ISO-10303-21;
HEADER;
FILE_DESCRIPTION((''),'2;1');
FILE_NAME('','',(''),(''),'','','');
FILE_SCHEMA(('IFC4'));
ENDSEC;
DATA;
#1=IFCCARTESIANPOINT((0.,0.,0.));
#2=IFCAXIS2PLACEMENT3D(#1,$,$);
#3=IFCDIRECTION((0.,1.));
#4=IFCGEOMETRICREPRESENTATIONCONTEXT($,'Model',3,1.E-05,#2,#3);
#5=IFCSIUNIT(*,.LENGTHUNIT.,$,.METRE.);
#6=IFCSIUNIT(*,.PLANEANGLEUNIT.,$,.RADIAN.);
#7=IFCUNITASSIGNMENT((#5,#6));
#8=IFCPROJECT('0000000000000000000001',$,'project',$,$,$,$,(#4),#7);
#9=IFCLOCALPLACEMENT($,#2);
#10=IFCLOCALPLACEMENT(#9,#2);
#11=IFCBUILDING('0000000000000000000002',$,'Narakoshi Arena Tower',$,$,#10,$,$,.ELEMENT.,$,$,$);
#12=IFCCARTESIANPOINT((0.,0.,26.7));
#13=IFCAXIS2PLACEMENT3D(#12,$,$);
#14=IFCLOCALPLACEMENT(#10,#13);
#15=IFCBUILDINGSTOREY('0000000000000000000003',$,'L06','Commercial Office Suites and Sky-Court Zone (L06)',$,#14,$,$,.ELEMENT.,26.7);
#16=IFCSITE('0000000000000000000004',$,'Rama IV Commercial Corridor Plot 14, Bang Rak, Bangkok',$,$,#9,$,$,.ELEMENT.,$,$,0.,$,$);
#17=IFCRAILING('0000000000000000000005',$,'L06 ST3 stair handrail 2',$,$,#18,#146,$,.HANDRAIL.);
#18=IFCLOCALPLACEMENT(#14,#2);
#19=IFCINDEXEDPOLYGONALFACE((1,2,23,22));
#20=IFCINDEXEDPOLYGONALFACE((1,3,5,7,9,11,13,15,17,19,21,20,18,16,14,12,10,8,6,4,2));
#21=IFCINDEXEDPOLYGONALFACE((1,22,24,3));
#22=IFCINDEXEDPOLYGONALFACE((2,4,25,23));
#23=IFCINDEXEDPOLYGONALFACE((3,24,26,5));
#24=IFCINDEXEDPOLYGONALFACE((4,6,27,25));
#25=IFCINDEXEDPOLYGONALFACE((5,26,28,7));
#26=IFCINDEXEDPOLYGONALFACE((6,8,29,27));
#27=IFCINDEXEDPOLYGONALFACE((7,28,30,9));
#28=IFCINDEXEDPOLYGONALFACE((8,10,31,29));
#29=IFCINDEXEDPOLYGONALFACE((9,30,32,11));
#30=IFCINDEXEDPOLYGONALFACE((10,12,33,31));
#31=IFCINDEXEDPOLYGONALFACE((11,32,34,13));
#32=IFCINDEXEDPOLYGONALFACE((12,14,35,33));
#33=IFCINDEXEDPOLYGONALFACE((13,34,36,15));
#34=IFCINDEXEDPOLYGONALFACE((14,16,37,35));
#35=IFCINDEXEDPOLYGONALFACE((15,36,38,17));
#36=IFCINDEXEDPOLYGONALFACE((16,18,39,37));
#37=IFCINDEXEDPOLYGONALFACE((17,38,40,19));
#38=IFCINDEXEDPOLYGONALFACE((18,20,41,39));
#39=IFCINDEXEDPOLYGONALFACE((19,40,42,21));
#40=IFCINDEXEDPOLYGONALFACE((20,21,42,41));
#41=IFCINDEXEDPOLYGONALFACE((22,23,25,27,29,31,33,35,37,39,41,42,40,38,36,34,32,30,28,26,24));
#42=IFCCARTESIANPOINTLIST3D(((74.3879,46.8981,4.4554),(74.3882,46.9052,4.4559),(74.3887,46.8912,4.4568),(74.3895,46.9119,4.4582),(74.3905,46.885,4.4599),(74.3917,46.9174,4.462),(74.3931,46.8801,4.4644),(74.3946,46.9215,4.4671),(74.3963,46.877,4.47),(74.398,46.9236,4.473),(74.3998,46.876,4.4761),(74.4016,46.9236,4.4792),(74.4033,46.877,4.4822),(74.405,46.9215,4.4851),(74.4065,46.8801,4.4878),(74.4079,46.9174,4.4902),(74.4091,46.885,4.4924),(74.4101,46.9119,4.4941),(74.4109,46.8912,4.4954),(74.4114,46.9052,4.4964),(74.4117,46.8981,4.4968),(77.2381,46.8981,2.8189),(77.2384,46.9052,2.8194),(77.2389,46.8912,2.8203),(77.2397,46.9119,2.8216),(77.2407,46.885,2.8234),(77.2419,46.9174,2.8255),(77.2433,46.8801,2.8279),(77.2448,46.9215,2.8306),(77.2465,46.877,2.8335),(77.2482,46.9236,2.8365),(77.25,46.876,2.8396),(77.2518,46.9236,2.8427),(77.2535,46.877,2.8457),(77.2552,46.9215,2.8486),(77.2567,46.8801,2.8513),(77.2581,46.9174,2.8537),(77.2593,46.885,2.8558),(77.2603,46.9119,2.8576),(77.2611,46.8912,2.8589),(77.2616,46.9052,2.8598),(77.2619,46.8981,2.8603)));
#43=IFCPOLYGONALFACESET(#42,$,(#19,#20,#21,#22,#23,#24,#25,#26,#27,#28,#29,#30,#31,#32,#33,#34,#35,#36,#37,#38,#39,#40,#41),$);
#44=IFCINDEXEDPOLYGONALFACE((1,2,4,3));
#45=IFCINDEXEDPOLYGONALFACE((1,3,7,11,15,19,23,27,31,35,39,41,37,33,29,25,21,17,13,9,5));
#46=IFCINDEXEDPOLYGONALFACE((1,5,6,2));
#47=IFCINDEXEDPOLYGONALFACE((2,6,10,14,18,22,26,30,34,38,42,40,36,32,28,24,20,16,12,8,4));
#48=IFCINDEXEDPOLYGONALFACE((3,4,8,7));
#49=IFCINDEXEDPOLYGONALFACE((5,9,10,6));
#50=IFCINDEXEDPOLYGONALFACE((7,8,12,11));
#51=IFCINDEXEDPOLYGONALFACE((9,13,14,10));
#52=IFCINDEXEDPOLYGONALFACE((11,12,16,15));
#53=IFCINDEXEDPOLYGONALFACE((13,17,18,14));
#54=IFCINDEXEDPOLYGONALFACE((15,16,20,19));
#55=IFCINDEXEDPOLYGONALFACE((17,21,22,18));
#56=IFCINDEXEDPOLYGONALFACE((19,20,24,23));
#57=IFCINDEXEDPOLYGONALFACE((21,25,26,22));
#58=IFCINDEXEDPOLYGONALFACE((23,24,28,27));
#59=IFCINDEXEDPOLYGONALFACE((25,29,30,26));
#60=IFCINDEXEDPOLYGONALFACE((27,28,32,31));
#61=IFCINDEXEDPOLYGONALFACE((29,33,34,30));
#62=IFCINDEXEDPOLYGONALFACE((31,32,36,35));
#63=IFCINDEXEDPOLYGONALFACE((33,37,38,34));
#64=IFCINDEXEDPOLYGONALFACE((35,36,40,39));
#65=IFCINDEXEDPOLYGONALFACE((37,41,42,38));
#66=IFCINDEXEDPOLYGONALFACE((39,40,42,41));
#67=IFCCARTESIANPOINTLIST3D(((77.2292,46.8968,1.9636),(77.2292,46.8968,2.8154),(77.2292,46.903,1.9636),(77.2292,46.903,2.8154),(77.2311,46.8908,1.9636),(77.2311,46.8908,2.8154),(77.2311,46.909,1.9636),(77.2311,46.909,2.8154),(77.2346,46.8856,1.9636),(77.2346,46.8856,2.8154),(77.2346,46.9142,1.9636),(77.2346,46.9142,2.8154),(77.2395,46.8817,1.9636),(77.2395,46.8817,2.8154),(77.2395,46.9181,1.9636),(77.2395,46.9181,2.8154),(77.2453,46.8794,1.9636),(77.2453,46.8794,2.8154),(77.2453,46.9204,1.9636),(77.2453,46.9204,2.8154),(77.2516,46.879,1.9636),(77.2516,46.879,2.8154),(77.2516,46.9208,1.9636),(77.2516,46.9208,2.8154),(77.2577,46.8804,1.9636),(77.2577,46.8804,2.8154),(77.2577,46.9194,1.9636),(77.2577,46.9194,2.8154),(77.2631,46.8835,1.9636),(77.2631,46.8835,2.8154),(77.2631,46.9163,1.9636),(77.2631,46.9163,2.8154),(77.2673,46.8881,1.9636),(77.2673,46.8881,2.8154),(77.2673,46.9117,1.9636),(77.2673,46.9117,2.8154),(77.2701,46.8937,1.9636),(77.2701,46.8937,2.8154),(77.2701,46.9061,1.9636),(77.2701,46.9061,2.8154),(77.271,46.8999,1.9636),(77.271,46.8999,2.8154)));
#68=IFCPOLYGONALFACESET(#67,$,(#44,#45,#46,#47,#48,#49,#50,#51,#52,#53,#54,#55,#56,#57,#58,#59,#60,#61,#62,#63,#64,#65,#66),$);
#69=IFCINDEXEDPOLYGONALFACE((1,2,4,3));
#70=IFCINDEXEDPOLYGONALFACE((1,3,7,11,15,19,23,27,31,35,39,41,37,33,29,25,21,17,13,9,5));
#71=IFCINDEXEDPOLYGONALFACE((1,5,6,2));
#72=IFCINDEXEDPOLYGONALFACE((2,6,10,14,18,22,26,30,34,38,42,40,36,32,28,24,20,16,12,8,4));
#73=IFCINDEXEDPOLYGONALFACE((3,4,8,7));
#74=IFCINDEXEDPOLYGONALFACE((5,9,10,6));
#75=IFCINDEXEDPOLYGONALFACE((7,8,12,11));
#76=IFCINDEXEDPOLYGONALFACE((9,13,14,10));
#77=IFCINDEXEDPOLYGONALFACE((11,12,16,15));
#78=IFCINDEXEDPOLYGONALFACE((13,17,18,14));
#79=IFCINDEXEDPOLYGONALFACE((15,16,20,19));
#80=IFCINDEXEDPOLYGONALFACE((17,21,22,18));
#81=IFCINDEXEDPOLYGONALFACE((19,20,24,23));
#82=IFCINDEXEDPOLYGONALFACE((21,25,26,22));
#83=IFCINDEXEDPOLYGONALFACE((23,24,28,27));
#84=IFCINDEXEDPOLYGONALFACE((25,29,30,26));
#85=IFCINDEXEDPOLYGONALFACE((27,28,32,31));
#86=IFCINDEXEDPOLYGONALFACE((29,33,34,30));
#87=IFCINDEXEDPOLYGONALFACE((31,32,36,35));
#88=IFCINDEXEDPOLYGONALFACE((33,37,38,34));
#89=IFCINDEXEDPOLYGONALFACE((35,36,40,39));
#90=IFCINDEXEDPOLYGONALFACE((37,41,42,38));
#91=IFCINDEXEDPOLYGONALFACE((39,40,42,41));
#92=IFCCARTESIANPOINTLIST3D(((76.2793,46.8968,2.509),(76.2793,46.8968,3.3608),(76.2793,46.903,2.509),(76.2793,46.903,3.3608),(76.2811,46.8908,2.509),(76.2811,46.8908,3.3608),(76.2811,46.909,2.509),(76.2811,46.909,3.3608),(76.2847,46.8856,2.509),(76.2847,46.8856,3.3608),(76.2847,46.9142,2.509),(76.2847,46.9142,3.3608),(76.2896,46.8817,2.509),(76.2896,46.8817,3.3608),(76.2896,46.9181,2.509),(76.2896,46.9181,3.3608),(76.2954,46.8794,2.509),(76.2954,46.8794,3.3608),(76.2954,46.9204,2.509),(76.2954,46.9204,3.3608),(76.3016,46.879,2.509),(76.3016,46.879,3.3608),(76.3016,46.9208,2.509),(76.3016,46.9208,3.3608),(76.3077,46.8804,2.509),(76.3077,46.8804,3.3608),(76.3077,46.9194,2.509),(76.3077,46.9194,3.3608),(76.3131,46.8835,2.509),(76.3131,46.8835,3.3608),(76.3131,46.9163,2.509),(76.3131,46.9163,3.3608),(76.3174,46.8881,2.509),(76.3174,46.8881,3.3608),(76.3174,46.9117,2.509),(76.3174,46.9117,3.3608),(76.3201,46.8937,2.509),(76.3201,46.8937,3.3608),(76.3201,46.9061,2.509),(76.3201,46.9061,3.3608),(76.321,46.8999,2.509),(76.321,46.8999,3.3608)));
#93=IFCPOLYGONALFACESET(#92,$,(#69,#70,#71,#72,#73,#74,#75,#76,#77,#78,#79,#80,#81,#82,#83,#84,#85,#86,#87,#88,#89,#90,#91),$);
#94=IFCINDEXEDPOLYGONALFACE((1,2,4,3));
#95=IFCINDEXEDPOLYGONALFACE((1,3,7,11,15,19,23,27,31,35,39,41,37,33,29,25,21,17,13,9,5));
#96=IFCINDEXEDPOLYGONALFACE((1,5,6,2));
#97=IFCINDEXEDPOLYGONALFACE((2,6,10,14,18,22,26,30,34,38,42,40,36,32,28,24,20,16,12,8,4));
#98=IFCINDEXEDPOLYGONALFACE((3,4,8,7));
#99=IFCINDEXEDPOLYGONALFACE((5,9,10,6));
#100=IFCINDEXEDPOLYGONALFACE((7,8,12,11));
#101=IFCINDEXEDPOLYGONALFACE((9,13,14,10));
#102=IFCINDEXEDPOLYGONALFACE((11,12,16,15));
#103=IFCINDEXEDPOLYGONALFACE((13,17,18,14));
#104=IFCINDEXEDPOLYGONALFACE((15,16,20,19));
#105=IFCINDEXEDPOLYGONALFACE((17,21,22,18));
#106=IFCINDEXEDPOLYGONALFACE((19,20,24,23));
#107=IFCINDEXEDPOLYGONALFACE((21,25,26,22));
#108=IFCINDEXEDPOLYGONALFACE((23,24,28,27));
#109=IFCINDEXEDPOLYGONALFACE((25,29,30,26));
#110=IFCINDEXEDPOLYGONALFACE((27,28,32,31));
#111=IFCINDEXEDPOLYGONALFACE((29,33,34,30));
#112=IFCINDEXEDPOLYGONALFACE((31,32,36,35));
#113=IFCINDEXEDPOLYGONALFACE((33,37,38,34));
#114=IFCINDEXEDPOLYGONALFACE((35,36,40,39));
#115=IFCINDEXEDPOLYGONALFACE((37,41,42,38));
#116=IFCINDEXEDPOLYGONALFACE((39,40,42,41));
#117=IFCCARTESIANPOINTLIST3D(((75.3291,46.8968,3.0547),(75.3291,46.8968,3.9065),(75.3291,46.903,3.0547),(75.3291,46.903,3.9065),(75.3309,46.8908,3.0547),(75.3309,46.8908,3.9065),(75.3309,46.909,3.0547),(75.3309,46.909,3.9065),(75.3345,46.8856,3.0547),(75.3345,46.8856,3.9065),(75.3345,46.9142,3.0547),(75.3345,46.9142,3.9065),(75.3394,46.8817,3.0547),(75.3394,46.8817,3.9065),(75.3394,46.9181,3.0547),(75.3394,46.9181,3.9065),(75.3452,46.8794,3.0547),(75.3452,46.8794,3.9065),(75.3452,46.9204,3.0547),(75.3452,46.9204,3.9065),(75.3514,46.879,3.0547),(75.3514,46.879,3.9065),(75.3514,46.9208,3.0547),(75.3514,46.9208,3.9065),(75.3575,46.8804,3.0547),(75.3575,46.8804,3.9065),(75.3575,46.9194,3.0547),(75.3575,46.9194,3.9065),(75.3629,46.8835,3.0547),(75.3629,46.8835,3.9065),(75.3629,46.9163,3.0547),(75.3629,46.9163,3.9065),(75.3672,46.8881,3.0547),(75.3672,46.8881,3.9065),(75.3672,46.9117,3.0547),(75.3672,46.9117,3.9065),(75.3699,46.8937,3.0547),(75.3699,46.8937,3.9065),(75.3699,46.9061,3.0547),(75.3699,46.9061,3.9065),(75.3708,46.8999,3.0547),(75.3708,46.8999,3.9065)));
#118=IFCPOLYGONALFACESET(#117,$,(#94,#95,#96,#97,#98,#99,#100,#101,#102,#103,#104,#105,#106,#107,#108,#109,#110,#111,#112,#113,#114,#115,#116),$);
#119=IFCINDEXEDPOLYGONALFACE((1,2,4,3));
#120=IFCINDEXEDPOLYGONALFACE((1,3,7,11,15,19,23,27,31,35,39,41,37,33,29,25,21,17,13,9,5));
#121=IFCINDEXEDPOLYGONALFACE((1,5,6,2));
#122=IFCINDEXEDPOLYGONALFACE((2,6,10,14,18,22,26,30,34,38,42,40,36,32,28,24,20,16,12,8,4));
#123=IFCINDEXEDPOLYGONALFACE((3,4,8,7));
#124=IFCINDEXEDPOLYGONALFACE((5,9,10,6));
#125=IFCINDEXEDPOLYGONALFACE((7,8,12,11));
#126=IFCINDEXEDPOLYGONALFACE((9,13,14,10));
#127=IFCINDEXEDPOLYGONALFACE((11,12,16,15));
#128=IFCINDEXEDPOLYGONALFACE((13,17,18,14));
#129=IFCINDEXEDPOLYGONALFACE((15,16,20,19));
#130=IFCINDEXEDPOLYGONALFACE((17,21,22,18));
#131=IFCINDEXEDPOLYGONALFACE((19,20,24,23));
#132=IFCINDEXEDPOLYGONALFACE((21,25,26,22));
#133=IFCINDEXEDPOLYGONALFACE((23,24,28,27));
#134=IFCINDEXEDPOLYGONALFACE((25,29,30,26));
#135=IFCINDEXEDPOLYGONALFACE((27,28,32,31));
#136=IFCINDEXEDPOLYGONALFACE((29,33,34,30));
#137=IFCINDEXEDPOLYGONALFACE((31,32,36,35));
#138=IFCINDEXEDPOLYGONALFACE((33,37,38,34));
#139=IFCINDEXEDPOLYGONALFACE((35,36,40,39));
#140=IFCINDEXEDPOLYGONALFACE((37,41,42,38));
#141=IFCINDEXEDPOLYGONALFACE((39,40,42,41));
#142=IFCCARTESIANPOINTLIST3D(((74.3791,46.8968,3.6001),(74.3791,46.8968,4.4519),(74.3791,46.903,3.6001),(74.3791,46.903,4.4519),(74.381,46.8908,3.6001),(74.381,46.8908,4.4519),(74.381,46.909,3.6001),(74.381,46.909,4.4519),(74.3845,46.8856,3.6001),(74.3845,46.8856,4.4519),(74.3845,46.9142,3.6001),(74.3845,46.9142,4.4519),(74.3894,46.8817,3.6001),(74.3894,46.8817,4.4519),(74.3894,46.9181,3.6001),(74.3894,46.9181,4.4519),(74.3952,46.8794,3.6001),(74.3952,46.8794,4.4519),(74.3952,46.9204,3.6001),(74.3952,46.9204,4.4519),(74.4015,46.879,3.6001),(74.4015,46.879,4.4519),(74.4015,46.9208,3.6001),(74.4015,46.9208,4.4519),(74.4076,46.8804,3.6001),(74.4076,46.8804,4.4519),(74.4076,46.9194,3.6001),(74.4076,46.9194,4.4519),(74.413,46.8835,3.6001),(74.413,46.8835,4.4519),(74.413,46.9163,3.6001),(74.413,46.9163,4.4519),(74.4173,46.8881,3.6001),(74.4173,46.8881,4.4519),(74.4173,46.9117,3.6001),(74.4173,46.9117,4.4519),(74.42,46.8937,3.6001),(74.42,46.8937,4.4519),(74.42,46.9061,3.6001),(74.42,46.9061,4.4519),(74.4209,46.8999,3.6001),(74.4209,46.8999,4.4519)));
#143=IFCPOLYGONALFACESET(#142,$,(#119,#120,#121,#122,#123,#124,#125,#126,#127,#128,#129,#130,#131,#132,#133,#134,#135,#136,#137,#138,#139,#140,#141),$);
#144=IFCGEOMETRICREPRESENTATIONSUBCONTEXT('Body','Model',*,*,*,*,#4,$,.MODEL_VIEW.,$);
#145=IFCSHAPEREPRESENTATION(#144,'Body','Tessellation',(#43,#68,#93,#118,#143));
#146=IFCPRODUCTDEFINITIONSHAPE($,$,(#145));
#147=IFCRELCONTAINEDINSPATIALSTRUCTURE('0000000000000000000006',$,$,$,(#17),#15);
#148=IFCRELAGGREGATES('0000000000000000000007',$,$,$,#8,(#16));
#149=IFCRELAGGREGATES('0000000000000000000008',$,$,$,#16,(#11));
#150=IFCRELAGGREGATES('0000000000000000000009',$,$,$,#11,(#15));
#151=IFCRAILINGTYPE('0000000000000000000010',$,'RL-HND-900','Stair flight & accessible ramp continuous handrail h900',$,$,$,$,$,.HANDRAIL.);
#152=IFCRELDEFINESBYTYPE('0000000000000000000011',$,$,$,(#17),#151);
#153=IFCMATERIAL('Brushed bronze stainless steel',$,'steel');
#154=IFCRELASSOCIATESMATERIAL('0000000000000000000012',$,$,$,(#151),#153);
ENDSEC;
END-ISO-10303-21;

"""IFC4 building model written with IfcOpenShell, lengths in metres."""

from ifc_helpers import new_model, si_unit, direction, frame, origin, origin_2d, place, context, subcontext, project, spatial, circle, extrude, material, type_object, element, save


model = new_model("IFC4")

# Units and contexts
model_context = context("Model", 3, precision=1e-05, world=origin(), true_north=direction((0.0, 1.0)))
body_context = subcontext(model_context, "Body", "Model", "MODEL_VIEW")
ifc_project = project(units=[si_unit("LENGTHUNIT", "METRE"), si_unit("PLANEANGLEUNIT", "RADIAN")], contexts=[model_context])

# Site, building, storey
site_placement = place(None, origin())
site = spatial("IfcSite", under=ifc_project, at=site_placement, Name="Rama IV Commercial Corridor Plot 14, Bang Rak, Bangkok", CompositionType="ELEMENT", RefElevation=0.0)
building_placement = place(site_placement, origin())
building = spatial("IfcBuilding", under=site, at=building_placement, Name="Narakoshi Arena Tower", CompositionType="ELEMENT")
storey_placement = place(building_placement, frame((0.0, 0.0, 26.7)))
storey = spatial("IfcBuildingStorey", under=building, at=storey_placement, Name="L06", Description="Commercial Office Suites and Sky-Court Zone (L06)", CompositionType="ELEMENT", Elevation=26.7)

# Shared definitions
ifc_material_1 = material(Name="Brushed bronze stainless steel", Category="steel")

# Railing
railing_type_1 = type_object("IfcRailingType", Name="RL-HND-900", Description="Stair flight & accessible ramp continuous handrail h900", PredefinedType="HANDRAIL", material=ifc_material_1)
railing_1_placement = place(storey_placement, frame((77.25, 46.8999, 1.9636)))
element("IfcRailing", 1, at=railing_1_placement, inside=storey, type_object=railing_type_1, Name="L06 ST3 stair handrail 2", PredefinedType="HANDRAIL", context=body_context, shape_type="SweptSolid", body=[
    extrude(circle(Radius=0.0239, at=origin_2d()), frame((0.0, 0.0, 0.876), z_axis=(-0.867213, 0.0, 0.497938), x_axis=(0.0, -1.0, 0.0)), (0.0, 0.0, 1.0), 3.2866),
    extrude(circle(Radius=0.021, at=origin_2d()), origin(), (0.0, 0.0, 1.0), 0.8518),
    extrude(circle(Radius=0.021, at=origin_2d()), frame((-0.95, 0.0, 0.5454)), (0.0, 0.0, 1.0), 0.8518),
    extrude(circle(Radius=0.021, at=origin_2d()), frame((-1.9001, 0.0, 1.0911)), (0.0, 0.0, 1.0), 0.8518),
    extrude(circle(Radius=0.021, at=origin_2d()), frame((-2.8501, 0.0, 1.6365)), (0.0, 0.0, 1.0), 0.8518),
])

save(model, "model.ifc")
